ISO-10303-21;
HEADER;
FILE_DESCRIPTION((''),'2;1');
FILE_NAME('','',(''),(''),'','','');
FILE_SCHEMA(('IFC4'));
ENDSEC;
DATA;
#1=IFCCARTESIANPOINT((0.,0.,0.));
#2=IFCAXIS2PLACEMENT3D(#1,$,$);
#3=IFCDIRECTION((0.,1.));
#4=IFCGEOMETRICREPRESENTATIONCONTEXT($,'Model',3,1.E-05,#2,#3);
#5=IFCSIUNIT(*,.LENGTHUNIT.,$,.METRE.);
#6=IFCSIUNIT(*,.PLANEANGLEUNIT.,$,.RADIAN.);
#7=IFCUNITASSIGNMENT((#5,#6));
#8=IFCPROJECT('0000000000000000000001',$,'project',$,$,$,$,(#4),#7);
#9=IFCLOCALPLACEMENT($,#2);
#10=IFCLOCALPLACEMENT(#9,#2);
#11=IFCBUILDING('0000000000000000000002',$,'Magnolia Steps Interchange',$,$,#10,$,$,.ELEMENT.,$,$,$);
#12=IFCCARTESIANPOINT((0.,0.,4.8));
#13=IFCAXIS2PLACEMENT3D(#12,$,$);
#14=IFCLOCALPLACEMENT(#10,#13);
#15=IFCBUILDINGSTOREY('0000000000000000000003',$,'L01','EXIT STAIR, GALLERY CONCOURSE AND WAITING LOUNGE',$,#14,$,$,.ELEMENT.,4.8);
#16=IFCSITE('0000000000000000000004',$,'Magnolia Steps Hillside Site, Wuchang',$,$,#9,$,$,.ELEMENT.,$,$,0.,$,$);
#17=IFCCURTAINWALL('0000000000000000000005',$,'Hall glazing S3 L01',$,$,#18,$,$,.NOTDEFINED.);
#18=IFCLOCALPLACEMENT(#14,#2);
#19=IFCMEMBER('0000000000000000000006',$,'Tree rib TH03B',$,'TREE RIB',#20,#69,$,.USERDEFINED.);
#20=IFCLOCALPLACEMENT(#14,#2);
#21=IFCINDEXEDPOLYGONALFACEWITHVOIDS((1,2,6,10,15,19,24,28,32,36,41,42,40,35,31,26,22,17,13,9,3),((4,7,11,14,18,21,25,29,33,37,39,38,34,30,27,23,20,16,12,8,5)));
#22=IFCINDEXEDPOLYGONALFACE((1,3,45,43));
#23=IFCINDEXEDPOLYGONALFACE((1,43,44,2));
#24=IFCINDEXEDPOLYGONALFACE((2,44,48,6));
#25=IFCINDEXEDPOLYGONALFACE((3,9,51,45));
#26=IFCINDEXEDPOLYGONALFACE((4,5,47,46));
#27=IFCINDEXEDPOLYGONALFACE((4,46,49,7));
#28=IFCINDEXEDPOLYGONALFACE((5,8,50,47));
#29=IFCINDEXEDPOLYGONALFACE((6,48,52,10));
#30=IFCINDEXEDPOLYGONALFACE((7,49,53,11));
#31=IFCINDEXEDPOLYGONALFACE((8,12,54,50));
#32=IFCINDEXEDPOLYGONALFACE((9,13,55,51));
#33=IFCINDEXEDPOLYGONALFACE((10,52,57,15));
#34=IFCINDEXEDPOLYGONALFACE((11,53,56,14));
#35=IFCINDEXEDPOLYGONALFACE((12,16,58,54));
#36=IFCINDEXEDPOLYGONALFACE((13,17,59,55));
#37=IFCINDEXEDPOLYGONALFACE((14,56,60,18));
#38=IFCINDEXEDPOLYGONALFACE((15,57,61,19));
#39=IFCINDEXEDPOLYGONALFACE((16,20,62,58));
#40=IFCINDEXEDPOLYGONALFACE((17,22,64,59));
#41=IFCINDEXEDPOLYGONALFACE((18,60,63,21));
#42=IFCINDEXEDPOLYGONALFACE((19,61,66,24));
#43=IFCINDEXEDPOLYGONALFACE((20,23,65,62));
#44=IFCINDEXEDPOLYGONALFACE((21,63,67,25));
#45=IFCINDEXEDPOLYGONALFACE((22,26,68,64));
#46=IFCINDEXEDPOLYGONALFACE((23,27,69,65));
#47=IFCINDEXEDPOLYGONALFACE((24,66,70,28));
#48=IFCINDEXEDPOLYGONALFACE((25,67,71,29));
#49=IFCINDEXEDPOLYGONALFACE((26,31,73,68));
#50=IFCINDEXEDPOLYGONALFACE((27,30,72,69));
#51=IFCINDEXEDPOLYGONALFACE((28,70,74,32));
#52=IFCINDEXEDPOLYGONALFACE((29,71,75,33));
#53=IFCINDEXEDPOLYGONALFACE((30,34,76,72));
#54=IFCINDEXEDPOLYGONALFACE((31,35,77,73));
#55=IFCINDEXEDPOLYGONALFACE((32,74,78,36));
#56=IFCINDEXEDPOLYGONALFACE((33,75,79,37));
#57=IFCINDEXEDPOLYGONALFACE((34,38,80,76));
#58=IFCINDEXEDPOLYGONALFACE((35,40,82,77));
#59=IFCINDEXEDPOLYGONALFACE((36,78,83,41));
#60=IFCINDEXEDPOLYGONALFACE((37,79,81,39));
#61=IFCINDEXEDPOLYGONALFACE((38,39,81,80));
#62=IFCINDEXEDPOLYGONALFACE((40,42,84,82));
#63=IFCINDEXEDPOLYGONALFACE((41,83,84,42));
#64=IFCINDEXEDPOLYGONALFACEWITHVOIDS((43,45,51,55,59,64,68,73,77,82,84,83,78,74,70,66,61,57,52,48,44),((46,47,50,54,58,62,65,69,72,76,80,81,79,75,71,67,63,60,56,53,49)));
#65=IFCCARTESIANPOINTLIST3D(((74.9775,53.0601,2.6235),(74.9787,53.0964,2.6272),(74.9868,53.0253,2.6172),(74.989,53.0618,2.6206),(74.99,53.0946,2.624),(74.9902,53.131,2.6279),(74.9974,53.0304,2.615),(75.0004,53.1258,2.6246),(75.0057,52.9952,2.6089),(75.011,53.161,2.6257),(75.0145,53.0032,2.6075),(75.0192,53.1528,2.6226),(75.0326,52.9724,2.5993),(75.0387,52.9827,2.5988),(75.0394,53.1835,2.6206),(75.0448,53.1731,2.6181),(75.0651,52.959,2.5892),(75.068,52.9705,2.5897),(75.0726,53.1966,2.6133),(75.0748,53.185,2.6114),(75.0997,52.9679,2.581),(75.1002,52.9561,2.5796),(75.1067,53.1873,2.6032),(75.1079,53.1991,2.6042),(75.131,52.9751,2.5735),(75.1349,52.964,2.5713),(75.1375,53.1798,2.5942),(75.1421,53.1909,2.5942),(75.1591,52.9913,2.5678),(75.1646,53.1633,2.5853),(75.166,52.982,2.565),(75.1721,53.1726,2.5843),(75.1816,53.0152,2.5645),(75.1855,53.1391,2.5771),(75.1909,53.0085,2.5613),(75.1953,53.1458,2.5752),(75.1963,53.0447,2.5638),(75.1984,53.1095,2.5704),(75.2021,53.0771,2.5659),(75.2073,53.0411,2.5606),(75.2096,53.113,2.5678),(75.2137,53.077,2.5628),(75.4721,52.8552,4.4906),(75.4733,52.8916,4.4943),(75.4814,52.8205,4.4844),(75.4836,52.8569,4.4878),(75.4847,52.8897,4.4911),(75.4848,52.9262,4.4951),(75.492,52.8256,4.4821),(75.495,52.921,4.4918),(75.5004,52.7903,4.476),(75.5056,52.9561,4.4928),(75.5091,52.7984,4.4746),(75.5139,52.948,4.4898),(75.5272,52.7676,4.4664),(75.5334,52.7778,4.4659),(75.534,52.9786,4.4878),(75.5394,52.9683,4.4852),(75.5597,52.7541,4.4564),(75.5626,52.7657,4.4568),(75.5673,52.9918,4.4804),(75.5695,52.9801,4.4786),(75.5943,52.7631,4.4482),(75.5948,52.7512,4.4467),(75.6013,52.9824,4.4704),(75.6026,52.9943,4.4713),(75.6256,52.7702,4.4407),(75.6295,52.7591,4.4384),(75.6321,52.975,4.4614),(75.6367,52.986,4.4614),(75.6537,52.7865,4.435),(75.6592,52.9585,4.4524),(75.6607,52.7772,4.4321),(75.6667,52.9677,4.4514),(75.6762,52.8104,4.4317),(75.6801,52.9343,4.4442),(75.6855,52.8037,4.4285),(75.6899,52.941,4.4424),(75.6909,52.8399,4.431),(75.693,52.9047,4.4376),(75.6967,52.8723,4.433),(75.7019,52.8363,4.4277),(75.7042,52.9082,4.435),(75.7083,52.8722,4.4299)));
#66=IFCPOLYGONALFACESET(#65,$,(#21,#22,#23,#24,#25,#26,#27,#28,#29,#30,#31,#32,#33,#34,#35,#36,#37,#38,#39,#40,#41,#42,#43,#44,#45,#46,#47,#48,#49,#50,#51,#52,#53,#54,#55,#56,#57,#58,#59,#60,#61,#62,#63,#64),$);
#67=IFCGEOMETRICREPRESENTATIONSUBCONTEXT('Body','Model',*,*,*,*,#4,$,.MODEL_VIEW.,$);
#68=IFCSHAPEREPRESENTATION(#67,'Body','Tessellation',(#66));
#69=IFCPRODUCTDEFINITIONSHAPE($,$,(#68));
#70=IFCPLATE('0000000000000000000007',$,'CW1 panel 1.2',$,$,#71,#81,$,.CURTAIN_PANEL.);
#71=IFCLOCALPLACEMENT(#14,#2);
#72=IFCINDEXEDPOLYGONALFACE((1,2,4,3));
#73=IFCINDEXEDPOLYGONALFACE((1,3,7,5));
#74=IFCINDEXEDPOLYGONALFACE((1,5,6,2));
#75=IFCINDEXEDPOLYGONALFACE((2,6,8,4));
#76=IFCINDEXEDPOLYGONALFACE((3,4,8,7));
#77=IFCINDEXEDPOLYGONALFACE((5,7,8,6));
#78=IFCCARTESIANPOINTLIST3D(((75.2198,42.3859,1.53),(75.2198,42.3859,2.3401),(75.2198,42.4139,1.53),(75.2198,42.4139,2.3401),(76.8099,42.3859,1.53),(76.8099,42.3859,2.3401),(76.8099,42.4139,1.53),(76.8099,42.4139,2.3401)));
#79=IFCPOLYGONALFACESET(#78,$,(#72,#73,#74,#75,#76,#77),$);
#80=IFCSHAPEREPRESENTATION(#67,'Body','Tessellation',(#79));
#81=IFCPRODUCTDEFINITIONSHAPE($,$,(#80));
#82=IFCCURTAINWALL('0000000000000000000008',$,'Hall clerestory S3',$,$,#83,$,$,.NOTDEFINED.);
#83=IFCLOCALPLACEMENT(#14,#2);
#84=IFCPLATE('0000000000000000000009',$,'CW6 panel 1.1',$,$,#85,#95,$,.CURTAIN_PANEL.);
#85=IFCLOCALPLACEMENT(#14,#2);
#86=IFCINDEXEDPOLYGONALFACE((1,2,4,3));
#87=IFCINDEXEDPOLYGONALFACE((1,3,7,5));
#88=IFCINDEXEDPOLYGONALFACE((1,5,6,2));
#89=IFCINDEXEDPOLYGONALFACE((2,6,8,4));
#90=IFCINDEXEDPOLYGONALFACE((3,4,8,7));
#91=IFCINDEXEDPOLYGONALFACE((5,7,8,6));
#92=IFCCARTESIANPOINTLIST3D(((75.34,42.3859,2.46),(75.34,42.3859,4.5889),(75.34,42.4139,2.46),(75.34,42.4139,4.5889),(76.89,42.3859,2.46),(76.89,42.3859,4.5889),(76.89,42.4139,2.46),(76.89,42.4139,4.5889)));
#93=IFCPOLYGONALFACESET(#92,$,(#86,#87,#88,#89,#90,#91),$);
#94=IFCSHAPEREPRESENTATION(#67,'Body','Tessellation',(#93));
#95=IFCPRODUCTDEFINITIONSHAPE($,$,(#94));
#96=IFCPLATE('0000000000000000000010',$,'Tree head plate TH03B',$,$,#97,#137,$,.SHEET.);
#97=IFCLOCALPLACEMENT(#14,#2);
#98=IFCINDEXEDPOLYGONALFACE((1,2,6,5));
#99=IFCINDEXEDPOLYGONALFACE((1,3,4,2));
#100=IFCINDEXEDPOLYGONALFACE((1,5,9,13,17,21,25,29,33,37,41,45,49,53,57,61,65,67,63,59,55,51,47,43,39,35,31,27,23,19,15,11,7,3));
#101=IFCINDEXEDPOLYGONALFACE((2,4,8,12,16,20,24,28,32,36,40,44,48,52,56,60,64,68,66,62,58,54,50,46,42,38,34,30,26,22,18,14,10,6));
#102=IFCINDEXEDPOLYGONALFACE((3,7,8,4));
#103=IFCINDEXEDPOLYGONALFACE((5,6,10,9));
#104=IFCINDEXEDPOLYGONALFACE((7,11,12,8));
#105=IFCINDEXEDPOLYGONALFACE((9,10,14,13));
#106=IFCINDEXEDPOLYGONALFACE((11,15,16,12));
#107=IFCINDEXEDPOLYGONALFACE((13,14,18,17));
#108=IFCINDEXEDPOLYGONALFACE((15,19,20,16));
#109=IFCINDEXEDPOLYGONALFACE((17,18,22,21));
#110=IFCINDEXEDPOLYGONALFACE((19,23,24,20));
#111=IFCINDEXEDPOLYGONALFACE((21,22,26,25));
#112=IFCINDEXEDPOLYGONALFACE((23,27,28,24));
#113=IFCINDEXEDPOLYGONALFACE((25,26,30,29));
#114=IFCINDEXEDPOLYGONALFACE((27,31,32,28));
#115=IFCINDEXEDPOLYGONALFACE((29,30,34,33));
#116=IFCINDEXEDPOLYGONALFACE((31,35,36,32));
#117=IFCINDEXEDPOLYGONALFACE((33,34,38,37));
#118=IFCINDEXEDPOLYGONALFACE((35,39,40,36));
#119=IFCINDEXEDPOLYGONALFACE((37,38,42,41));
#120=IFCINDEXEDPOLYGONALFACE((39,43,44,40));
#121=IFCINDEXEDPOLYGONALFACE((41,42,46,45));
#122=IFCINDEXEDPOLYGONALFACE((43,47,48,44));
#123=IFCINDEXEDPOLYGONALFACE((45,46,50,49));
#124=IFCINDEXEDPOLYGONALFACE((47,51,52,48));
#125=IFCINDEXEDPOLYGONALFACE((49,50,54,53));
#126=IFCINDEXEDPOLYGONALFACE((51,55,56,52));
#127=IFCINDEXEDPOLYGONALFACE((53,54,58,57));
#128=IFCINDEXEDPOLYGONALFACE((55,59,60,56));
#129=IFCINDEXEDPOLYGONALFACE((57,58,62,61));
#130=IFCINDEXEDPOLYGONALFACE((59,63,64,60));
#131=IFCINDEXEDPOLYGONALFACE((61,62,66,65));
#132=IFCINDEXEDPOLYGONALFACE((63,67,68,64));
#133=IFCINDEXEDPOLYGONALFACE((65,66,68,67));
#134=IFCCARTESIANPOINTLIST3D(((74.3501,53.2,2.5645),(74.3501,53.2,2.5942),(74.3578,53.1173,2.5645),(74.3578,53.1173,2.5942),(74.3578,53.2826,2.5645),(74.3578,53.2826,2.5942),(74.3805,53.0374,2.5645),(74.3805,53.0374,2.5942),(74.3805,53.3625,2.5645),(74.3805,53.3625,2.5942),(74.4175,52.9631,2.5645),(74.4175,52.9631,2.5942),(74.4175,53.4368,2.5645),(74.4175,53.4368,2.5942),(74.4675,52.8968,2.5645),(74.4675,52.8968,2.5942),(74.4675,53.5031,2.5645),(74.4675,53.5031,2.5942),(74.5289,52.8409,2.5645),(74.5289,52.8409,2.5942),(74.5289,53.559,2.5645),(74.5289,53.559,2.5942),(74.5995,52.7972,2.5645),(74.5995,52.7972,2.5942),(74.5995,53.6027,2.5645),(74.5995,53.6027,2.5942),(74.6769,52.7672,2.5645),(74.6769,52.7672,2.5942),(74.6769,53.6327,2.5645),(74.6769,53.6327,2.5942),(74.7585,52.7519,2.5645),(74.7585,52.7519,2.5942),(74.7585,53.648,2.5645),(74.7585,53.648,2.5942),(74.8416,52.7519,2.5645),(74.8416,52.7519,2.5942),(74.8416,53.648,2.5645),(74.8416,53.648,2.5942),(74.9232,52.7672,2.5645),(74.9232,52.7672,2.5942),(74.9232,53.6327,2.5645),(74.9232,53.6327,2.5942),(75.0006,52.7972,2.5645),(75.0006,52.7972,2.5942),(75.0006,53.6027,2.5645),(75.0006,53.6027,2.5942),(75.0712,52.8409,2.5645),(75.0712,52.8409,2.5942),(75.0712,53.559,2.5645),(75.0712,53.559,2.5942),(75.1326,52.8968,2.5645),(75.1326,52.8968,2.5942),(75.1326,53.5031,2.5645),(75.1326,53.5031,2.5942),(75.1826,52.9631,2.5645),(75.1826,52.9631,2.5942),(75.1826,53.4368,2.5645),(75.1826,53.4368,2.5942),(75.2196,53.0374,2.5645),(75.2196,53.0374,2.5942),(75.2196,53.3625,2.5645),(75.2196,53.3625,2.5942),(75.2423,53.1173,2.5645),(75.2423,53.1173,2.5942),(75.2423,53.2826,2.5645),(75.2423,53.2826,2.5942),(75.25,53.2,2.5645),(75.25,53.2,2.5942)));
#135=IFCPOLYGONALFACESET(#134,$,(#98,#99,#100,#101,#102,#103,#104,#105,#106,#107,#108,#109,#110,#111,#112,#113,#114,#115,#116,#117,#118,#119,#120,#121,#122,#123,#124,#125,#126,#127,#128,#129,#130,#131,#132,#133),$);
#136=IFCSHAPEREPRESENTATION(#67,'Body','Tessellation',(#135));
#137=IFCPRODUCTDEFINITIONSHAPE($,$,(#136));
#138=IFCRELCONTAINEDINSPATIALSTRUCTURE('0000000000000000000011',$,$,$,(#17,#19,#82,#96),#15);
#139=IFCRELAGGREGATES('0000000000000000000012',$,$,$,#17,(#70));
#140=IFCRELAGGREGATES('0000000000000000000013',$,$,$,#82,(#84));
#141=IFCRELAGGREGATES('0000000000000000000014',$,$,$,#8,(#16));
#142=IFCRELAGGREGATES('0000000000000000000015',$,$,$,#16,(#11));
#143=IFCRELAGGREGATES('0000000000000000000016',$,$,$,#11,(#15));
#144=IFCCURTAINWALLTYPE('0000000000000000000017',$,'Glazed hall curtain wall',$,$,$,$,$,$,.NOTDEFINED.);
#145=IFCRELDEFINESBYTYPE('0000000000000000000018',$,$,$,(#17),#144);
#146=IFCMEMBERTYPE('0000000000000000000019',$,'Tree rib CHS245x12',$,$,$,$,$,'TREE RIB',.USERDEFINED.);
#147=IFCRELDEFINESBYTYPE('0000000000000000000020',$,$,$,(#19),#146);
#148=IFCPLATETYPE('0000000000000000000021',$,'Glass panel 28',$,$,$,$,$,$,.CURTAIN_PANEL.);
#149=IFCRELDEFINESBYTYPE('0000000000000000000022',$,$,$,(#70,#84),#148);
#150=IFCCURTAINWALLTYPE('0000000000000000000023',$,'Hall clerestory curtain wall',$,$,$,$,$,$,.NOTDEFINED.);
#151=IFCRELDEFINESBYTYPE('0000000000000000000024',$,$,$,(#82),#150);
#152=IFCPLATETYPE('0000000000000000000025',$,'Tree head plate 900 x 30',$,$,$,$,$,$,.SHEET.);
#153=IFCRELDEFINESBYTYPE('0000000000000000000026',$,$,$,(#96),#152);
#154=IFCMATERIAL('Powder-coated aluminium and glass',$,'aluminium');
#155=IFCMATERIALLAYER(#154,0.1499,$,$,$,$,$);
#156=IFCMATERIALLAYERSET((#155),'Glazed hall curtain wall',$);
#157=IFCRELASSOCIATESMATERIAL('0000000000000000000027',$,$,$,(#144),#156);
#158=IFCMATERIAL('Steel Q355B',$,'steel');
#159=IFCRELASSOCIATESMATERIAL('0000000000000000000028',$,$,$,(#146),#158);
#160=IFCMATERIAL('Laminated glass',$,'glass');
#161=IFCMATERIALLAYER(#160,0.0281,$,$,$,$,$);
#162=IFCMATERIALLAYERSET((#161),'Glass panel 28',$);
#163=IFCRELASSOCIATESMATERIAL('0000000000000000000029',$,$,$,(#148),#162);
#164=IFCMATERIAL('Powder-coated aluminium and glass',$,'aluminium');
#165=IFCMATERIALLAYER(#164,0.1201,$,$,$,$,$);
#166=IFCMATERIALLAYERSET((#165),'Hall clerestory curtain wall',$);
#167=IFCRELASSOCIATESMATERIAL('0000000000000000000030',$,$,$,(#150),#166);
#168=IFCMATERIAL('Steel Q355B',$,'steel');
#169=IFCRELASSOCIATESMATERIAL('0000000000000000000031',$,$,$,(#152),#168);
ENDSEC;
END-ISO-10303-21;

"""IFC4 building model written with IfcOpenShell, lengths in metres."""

from ifc_helpers import new_model, si_unit, direction, frame, origin, origin_2d, place, context, subcontext, project, spatial, rectangle, circle, hollow_circle, extrude, material, layer, layer_set, material_profile, profile_set, type_object, element, aggregate, save


model = new_model("IFC4")

# Units and contexts
model_context = context("Model", 3, precision=1e-05, world=origin(), true_north=direction((0.0, 1.0)))
body_context = subcontext(model_context, "Body", "Model", "MODEL_VIEW")
ifc_project = project(units=[si_unit("LENGTHUNIT", "METRE"), si_unit("PLANEANGLEUNIT", "RADIAN")], contexts=[model_context])

# Site, building, storey
site_placement = place(None, origin())
site = spatial("IfcSite", under=ifc_project, at=site_placement, Name="Magnolia Steps Hillside Site, Wuchang", CompositionType="ELEMENT", RefElevation=0.0)
building_placement = place(site_placement, origin())
building = spatial("IfcBuilding", under=site, at=building_placement, Name="Magnolia Steps Interchange", CompositionType="ELEMENT")
storey_placement = place(building_placement, frame((0.0, 0.0, 4.8)))
storey = spatial("IfcBuildingStorey", under=building, at=storey_placement, Name="L01", Description="EXIT STAIR, GALLERY CONCOURSE AND WAITING LOUNGE", CompositionType="ELEMENT", Elevation=4.8)

# Curtain wall
ifc_material_1 = material(Name="Powder-coated aluminium and glass", Category="aluminium")
ifc_layer_1 = layer(ifc_material_1, 0.1499)
ifc_layer_set_1 = layer_set([ifc_layer_1], Name="Glazed hall curtain wall")
curtain_wall_type_1 = type_object("IfcCurtainWallType", Name="Glazed hall curtain wall", PredefinedType="NOTDEFINED", material=ifc_layer_set_1)
curtain_wall_1_placement = place(storey_placement, origin())
curtain_wall_1 = element("IfcCurtainWall", 1, at=curtain_wall_1_placement, inside=storey, type_object=curtain_wall_type_1, Name="Hall glazing S3 L01", PredefinedType="NOTDEFINED")

# Member
ifc_material_2 = material(Name="Steel Q355B", Category="steel")
ifc_material_profile_1 = material_profile(ifc_material_2, hollow_circle(Radius=0.1226, WallThickness=0.012, at=origin_2d()), Name="CHS245x12")
ifc_profile_set_1 = profile_set([ifc_material_profile_1], Name="Steel Q355B")
member_type_1 = type_object("IfcMemberType", Name="Tree rib CHS245x12", ElementType="TREE RIB", PredefinedType="USERDEFINED", material=ifc_profile_set_1)
for number, where, z_axis, x_axis, name in (
    (2, (75.0952, 53.0776, 2.5942), (0.254645, -0.105453, 0.961268), (0.382607, 0.923911, 0.0), "Tree rib TH03B"),
):
    element("IfcMember", number, at=place(storey_placement, frame(where, z_axis=z_axis, x_axis=x_axis)), inside=storey, type_object=member_type_1, Name=name, ObjectType="TREE RIB", PredefinedType="USERDEFINED", context=body_context, shape_type="SweptSolid", body=[
        extrude(hollow_circle(Radius=0.1226, WallThickness=0.012, at=origin_2d()), origin(), (0.0, 0.0, 1.0), 1.9424),
    ])

# Plate
ifc_material_3 = material(Name="Laminated glass", Category="glass")
ifc_layer_2 = layer(ifc_material_3, 0.0281)
ifc_layer_set_2 = layer_set([ifc_layer_2], Name="Glass panel 28")
plate_type_1 = type_object("IfcPlateType", Name="Glass panel 28", PredefinedType="CURTAIN_PANEL", material=ifc_layer_set_2)
plate_1_placement = place(storey_placement, frame((76.0149, 42.3999, 1.53), z_axis=(0.0, 0.0, 1.0), x_axis=(1.0, 0.0, 0.0)))
plate_1 = element("IfcPlate", 3, at=plate_1_placement, type_object=plate_type_1, Name="CW1 panel 1.2", PredefinedType="CURTAIN_PANEL", context=body_context, shape_type="SweptSolid", body=[
    extrude(rectangle(XDim=1.5901, YDim=0.0281, at=origin_2d()), origin(), (0.0, 0.0, 1.0), 0.8101),
])
aggregate(curtain_wall_1, [plate_1])

# Curtain wall, plate
ifc_material_4 = material(Name="Powder-coated aluminium and glass", Category="aluminium")
ifc_layer_3 = layer(ifc_material_4, 0.1201)
ifc_layer_set_3 = layer_set([ifc_layer_3], Name="Hall clerestory curtain wall")
curtain_wall_type_2 = type_object("IfcCurtainWallType", Name="Hall clerestory curtain wall", PredefinedType="NOTDEFINED", material=ifc_layer_set_3)
curtain_wall_2_placement = place(storey_placement, origin())
curtain_wall_2 = element("IfcCurtainWall", 4, at=curtain_wall_2_placement, inside=storey, type_object=curtain_wall_type_2, Name="Hall clerestory S3", PredefinedType="NOTDEFINED")
plate_2_placement = place(storey_placement, frame((76.115, 42.3999, 2.46), z_axis=(0.0, 0.0, 1.0), x_axis=(1.0, 0.0, 0.0)))
plate_2 = element("IfcPlate", 5, at=plate_2_placement, type_object=plate_type_1, Name="CW6 panel 1.1", PredefinedType="CURTAIN_PANEL", context=body_context, shape_type="SweptSolid", body=[
    extrude(rectangle(XDim=1.55, YDim=0.0281, at=origin_2d()), origin(), (0.0, 0.0, 1.0), 2.1289),
])
aggregate(curtain_wall_2, [plate_2])

# Plate
ifc_material_5 = material(Name="Steel Q355B", Category="steel")
ifc_material_profile_2 = material_profile(ifc_material_5, circle(Radius=0.45, at=origin_2d()), Name="Tree head plate 900 x 30")
ifc_profile_set_2 = profile_set([ifc_material_profile_2], Name="Steel Q355B")
plate_type_2 = type_object("IfcPlateType", Name="Tree head plate 900 x 30", PredefinedType="SHEET", material=ifc_profile_set_2)
plate_3_placement = place(storey_placement, frame((74.8, 53.2, 2.5645), z_axis=(0.0, 0.0, 1.0), x_axis=(1.0, 0.0, 0.0)))
element("IfcPlate", 6, at=plate_3_placement, inside=storey, type_object=plate_type_2, Name="Tree head plate TH03B", PredefinedType="SHEET", context=body_context, shape_type="SweptSolid", body=[
    extrude(circle(Radius=0.45, at=origin_2d()), origin(), (0.0, 0.0, 1.0), 0.0298),
])

save(model, "model.ifc")
